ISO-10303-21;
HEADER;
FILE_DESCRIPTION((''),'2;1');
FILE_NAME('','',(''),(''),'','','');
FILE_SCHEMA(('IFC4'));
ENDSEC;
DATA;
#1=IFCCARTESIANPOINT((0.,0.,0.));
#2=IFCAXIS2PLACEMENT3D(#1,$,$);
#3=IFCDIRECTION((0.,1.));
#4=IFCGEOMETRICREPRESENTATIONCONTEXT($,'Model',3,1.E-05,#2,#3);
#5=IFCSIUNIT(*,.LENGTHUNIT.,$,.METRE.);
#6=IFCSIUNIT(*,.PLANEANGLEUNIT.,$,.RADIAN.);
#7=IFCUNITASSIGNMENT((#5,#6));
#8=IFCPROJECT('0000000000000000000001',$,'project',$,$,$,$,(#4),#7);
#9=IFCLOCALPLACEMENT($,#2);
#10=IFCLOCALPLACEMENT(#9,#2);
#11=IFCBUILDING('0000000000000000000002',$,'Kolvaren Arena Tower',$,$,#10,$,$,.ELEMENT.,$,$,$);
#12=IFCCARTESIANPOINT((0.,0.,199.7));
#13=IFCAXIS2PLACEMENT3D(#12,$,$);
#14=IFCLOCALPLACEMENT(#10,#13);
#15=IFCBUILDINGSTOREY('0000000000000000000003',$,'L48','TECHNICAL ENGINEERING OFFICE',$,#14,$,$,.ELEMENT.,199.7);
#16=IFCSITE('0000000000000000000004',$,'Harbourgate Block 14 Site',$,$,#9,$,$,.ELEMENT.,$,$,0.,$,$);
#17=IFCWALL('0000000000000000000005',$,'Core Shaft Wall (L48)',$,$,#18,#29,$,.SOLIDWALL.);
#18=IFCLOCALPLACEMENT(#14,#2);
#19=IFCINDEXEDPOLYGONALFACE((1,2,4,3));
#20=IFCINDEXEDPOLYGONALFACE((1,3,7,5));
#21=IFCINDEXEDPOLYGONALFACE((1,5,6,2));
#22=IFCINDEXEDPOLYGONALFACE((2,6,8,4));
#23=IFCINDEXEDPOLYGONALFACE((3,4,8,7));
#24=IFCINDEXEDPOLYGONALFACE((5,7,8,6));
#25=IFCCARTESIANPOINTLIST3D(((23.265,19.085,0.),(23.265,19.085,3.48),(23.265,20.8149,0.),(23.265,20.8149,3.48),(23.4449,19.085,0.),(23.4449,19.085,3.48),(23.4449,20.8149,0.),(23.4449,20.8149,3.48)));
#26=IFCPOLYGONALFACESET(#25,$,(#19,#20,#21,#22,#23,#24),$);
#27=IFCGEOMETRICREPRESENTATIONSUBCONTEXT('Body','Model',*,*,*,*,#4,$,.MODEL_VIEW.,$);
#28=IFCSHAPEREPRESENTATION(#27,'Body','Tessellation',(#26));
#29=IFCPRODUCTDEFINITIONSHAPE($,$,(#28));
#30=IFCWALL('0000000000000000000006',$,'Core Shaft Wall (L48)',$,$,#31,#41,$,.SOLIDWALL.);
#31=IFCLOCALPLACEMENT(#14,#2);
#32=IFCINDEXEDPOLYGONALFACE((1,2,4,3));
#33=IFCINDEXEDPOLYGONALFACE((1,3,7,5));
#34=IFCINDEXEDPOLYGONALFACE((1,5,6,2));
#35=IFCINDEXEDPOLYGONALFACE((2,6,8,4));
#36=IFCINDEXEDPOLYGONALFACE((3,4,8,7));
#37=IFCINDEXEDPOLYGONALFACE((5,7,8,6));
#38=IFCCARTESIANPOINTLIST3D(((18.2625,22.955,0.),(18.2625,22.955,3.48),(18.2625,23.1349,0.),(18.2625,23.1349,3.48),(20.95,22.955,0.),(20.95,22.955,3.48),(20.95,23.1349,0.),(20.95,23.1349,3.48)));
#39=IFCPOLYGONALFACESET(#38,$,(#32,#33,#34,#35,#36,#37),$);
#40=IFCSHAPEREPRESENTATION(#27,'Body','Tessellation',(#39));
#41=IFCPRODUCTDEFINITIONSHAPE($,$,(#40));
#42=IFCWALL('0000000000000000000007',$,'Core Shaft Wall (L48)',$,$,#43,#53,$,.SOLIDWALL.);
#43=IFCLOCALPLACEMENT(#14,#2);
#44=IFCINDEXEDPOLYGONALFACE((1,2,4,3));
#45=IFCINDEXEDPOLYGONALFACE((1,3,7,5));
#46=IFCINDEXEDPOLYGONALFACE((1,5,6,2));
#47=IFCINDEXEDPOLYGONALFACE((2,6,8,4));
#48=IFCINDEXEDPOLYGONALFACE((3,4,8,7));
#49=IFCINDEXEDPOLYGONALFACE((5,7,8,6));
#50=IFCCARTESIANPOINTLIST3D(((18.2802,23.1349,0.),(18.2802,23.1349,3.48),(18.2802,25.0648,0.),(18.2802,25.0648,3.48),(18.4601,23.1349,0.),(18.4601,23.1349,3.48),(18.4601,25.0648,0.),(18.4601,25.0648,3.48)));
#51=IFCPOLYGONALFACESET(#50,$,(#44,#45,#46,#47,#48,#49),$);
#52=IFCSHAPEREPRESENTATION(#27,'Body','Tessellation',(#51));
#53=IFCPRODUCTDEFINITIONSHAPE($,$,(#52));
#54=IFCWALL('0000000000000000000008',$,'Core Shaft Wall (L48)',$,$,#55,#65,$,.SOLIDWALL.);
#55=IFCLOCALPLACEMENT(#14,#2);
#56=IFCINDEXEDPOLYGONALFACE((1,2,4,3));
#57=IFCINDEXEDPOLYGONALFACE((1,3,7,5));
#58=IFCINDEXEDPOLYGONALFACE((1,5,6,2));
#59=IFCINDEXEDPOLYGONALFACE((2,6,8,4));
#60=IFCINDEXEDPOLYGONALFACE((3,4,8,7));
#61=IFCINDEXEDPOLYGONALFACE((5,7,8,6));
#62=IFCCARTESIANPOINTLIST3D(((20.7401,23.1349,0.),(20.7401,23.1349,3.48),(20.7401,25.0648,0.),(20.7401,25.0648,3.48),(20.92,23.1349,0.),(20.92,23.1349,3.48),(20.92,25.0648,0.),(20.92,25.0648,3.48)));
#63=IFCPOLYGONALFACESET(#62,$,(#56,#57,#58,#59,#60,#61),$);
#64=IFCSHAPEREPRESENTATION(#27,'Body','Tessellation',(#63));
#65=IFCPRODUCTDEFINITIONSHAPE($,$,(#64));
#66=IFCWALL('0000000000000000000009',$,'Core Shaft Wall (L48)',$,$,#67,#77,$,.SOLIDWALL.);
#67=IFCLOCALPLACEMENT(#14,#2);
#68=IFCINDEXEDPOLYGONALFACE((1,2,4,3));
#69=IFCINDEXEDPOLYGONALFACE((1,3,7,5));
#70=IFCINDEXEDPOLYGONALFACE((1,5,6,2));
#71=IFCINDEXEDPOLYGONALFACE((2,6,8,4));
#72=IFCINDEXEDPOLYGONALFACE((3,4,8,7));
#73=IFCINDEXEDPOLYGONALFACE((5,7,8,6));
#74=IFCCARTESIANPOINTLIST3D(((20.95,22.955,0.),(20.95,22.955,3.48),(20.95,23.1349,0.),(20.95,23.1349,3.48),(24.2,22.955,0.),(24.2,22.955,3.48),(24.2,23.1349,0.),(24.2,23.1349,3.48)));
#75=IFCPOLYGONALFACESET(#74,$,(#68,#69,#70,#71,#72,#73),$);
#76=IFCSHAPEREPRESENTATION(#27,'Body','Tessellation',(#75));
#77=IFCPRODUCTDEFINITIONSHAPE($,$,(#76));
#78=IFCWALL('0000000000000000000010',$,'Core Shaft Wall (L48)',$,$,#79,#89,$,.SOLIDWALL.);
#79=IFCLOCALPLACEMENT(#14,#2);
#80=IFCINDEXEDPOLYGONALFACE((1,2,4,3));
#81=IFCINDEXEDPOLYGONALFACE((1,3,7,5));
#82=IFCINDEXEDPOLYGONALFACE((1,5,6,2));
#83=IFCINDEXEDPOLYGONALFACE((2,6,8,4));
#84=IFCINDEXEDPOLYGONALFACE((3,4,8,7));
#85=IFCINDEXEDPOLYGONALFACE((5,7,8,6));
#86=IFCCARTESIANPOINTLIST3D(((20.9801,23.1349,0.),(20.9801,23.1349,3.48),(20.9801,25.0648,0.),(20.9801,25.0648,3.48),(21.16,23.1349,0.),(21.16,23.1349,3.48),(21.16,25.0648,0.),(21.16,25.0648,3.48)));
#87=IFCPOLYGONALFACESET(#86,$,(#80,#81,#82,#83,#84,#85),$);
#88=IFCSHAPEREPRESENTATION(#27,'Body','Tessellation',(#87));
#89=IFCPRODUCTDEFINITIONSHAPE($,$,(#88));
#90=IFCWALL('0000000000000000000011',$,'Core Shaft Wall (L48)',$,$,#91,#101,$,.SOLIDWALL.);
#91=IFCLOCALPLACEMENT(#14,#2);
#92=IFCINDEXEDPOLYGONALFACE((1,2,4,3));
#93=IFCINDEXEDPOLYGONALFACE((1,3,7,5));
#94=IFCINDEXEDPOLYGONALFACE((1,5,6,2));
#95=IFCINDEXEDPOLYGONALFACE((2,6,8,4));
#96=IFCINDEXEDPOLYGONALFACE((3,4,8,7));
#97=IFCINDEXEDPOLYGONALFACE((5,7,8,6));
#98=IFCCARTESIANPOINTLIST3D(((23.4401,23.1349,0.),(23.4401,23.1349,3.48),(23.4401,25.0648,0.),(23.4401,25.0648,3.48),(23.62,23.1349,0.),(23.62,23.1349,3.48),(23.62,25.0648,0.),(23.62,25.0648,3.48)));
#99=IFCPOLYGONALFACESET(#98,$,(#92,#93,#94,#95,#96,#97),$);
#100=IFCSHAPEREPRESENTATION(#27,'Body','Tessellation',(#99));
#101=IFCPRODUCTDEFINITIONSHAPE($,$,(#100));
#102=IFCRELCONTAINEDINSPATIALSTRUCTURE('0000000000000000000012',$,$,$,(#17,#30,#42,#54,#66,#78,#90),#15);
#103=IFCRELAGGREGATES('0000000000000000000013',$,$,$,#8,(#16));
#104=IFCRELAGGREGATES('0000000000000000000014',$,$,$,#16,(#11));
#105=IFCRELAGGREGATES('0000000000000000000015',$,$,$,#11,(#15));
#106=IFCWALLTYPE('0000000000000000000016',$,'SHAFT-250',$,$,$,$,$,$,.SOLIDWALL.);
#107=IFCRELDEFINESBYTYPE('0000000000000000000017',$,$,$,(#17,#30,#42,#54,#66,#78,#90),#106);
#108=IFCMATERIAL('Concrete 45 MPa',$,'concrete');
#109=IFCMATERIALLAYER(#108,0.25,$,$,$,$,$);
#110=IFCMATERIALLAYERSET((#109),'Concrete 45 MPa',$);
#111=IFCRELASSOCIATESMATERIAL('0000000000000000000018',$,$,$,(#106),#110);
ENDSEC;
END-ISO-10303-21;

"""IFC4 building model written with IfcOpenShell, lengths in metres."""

from ifc_helpers import new_model, si_unit, direction, frame, frame_2d, origin, place, context, subcontext, project, spatial, rectangle, extrude, material, layer, layer_set, type_object, element, save


model = new_model("IFC4")

# Units and contexts
model_context = context("Model", 3, precision=1e-05, world=origin(), true_north=direction((0.0, 1.0)))
body_context = subcontext(model_context, "Body", "Model", "MODEL_VIEW")
ifc_project = project(units=[si_unit("LENGTHUNIT", "METRE"), si_unit("PLANEANGLEUNIT", "RADIAN")], contexts=[model_context])

# Site, building, storey
site_placement = place(None, origin())
site = spatial("IfcSite", under=ifc_project, at=site_placement, Name="Harbourgate Block 14 Site", CompositionType="ELEMENT", RefElevation=0.0)
building_placement = place(site_placement, origin())
building = spatial("IfcBuilding", under=site, at=building_placement, Name="Kolvaren Arena Tower", CompositionType="ELEMENT")
storey_placement = place(building_placement, frame((0.0, 0.0, 199.7)))
storey = spatial("IfcBuildingStorey", under=building, at=storey_placement, Name="L48", Description="TECHNICAL ENGINEERING OFFICE", CompositionType="ELEMENT", Elevation=199.7)

# Shared definitions
ifc_material_1 = material(Name="Concrete 45 MPa", Category="concrete")
ifc_layer_1 = layer(ifc_material_1, 0.25)
ifc_layer_set_1 = layer_set([ifc_layer_1], Name="Concrete 45 MPa")
wall_type_1 = type_object("IfcWallType", Name="SHAFT-250", PredefinedType="SOLIDWALL", material=ifc_layer_set_1)

# Walls
for number, where, z_axis, x_axis, name in (
    (1, (23.355, 19.085, 0.0), (0.0, 0.0, 1.0), (0.0, 1.0, 0.0), "Core Shaft Wall (L48)"),
):
    element("IfcWall", number, at=place(storey_placement, frame(where, z_axis=z_axis, x_axis=x_axis)), inside=storey, type_object=wall_type_1, Name=name, PredefinedType="SOLIDWALL", context=body_context, shape_type="SweptSolid", body=[
        extrude(rectangle(XDim=1.73, YDim=0.1799, at=frame_2d((0.865, 0.0))), origin(), (0.0, 0.0, 1.0), 3.48),
    ])
wall_1_placement = place(storey_placement, frame((18.2625, 23.0449, 0.0), z_axis=(0.0, 0.0, 1.0), x_axis=(1.0, 0.0, 0.0)))
element("IfcWall", 2, at=wall_1_placement, inside=storey, type_object=wall_type_1, Name="Core Shaft Wall (L48)", PredefinedType="SOLIDWALL", context=body_context, shape_type="SweptSolid", body=[
    extrude(rectangle(XDim=2.6875, YDim=0.1799, at=frame_2d((1.3438, 0.0))), origin(), (0.0, 0.0, 1.0), 3.48),
])
for number, where, z_axis, x_axis, name in (
    (3, (18.3701, 23.135, 0.0), (0.0, 0.0, 1.0), (0.0, 1.0, 0.0), "Core Shaft Wall (L48)"),
    (4, (20.8301, 23.135, 0.0), (0.0, 0.0, 1.0), (0.0, 1.0, 0.0), "Core Shaft Wall (L48)"),
):
    element("IfcWall", number, at=place(storey_placement, frame(where, z_axis=z_axis, x_axis=x_axis)), inside=storey, type_object=wall_type_1, Name=name, PredefinedType="SOLIDWALL", context=body_context, shape_type="SweptSolid", body=[
        extrude(rectangle(XDim=1.9299, YDim=0.1799, at=frame_2d((0.9648, 0.0))), origin(), (0.0, 0.0, 1.0), 3.48),
    ])
wall_2_placement = place(storey_placement, frame((20.95, 23.0449, 0.0), z_axis=(0.0, 0.0, 1.0), x_axis=(1.0, 0.0, 0.0)))
element("IfcWall", 5, at=wall_2_placement, inside=storey, type_object=wall_type_1, Name="Core Shaft Wall (L48)", PredefinedType="SOLIDWALL", context=body_context, shape_type="SweptSolid", body=[
    extrude(rectangle(XDim=3.25, YDim=0.1799, at=frame_2d((1.625, 0.0))), origin(), (0.0, 0.0, 1.0), 3.48),
])
for number, where, z_axis, x_axis, name in (
    (6, (21.0701, 23.135, 0.0), (0.0, 0.0, 1.0), (0.0, 1.0, 0.0), "Core Shaft Wall (L48)"),
    (7, (23.53, 23.135, 0.0), (0.0, 0.0, 1.0), (0.0, 1.0, 0.0), "Core Shaft Wall (L48)"),
):
    element("IfcWall", number, at=place(storey_placement, frame(where, z_axis=z_axis, x_axis=x_axis)), inside=storey, type_object=wall_type_1, Name=name, PredefinedType="SOLIDWALL", context=body_context, shape_type="SweptSolid", body=[
        extrude(rectangle(XDim=1.9299, YDim=0.1799, at=frame_2d((0.9648, 0.0))), origin(), (0.0, 0.0, 1.0), 3.48),
    ])

save(model, "model.ifc")
